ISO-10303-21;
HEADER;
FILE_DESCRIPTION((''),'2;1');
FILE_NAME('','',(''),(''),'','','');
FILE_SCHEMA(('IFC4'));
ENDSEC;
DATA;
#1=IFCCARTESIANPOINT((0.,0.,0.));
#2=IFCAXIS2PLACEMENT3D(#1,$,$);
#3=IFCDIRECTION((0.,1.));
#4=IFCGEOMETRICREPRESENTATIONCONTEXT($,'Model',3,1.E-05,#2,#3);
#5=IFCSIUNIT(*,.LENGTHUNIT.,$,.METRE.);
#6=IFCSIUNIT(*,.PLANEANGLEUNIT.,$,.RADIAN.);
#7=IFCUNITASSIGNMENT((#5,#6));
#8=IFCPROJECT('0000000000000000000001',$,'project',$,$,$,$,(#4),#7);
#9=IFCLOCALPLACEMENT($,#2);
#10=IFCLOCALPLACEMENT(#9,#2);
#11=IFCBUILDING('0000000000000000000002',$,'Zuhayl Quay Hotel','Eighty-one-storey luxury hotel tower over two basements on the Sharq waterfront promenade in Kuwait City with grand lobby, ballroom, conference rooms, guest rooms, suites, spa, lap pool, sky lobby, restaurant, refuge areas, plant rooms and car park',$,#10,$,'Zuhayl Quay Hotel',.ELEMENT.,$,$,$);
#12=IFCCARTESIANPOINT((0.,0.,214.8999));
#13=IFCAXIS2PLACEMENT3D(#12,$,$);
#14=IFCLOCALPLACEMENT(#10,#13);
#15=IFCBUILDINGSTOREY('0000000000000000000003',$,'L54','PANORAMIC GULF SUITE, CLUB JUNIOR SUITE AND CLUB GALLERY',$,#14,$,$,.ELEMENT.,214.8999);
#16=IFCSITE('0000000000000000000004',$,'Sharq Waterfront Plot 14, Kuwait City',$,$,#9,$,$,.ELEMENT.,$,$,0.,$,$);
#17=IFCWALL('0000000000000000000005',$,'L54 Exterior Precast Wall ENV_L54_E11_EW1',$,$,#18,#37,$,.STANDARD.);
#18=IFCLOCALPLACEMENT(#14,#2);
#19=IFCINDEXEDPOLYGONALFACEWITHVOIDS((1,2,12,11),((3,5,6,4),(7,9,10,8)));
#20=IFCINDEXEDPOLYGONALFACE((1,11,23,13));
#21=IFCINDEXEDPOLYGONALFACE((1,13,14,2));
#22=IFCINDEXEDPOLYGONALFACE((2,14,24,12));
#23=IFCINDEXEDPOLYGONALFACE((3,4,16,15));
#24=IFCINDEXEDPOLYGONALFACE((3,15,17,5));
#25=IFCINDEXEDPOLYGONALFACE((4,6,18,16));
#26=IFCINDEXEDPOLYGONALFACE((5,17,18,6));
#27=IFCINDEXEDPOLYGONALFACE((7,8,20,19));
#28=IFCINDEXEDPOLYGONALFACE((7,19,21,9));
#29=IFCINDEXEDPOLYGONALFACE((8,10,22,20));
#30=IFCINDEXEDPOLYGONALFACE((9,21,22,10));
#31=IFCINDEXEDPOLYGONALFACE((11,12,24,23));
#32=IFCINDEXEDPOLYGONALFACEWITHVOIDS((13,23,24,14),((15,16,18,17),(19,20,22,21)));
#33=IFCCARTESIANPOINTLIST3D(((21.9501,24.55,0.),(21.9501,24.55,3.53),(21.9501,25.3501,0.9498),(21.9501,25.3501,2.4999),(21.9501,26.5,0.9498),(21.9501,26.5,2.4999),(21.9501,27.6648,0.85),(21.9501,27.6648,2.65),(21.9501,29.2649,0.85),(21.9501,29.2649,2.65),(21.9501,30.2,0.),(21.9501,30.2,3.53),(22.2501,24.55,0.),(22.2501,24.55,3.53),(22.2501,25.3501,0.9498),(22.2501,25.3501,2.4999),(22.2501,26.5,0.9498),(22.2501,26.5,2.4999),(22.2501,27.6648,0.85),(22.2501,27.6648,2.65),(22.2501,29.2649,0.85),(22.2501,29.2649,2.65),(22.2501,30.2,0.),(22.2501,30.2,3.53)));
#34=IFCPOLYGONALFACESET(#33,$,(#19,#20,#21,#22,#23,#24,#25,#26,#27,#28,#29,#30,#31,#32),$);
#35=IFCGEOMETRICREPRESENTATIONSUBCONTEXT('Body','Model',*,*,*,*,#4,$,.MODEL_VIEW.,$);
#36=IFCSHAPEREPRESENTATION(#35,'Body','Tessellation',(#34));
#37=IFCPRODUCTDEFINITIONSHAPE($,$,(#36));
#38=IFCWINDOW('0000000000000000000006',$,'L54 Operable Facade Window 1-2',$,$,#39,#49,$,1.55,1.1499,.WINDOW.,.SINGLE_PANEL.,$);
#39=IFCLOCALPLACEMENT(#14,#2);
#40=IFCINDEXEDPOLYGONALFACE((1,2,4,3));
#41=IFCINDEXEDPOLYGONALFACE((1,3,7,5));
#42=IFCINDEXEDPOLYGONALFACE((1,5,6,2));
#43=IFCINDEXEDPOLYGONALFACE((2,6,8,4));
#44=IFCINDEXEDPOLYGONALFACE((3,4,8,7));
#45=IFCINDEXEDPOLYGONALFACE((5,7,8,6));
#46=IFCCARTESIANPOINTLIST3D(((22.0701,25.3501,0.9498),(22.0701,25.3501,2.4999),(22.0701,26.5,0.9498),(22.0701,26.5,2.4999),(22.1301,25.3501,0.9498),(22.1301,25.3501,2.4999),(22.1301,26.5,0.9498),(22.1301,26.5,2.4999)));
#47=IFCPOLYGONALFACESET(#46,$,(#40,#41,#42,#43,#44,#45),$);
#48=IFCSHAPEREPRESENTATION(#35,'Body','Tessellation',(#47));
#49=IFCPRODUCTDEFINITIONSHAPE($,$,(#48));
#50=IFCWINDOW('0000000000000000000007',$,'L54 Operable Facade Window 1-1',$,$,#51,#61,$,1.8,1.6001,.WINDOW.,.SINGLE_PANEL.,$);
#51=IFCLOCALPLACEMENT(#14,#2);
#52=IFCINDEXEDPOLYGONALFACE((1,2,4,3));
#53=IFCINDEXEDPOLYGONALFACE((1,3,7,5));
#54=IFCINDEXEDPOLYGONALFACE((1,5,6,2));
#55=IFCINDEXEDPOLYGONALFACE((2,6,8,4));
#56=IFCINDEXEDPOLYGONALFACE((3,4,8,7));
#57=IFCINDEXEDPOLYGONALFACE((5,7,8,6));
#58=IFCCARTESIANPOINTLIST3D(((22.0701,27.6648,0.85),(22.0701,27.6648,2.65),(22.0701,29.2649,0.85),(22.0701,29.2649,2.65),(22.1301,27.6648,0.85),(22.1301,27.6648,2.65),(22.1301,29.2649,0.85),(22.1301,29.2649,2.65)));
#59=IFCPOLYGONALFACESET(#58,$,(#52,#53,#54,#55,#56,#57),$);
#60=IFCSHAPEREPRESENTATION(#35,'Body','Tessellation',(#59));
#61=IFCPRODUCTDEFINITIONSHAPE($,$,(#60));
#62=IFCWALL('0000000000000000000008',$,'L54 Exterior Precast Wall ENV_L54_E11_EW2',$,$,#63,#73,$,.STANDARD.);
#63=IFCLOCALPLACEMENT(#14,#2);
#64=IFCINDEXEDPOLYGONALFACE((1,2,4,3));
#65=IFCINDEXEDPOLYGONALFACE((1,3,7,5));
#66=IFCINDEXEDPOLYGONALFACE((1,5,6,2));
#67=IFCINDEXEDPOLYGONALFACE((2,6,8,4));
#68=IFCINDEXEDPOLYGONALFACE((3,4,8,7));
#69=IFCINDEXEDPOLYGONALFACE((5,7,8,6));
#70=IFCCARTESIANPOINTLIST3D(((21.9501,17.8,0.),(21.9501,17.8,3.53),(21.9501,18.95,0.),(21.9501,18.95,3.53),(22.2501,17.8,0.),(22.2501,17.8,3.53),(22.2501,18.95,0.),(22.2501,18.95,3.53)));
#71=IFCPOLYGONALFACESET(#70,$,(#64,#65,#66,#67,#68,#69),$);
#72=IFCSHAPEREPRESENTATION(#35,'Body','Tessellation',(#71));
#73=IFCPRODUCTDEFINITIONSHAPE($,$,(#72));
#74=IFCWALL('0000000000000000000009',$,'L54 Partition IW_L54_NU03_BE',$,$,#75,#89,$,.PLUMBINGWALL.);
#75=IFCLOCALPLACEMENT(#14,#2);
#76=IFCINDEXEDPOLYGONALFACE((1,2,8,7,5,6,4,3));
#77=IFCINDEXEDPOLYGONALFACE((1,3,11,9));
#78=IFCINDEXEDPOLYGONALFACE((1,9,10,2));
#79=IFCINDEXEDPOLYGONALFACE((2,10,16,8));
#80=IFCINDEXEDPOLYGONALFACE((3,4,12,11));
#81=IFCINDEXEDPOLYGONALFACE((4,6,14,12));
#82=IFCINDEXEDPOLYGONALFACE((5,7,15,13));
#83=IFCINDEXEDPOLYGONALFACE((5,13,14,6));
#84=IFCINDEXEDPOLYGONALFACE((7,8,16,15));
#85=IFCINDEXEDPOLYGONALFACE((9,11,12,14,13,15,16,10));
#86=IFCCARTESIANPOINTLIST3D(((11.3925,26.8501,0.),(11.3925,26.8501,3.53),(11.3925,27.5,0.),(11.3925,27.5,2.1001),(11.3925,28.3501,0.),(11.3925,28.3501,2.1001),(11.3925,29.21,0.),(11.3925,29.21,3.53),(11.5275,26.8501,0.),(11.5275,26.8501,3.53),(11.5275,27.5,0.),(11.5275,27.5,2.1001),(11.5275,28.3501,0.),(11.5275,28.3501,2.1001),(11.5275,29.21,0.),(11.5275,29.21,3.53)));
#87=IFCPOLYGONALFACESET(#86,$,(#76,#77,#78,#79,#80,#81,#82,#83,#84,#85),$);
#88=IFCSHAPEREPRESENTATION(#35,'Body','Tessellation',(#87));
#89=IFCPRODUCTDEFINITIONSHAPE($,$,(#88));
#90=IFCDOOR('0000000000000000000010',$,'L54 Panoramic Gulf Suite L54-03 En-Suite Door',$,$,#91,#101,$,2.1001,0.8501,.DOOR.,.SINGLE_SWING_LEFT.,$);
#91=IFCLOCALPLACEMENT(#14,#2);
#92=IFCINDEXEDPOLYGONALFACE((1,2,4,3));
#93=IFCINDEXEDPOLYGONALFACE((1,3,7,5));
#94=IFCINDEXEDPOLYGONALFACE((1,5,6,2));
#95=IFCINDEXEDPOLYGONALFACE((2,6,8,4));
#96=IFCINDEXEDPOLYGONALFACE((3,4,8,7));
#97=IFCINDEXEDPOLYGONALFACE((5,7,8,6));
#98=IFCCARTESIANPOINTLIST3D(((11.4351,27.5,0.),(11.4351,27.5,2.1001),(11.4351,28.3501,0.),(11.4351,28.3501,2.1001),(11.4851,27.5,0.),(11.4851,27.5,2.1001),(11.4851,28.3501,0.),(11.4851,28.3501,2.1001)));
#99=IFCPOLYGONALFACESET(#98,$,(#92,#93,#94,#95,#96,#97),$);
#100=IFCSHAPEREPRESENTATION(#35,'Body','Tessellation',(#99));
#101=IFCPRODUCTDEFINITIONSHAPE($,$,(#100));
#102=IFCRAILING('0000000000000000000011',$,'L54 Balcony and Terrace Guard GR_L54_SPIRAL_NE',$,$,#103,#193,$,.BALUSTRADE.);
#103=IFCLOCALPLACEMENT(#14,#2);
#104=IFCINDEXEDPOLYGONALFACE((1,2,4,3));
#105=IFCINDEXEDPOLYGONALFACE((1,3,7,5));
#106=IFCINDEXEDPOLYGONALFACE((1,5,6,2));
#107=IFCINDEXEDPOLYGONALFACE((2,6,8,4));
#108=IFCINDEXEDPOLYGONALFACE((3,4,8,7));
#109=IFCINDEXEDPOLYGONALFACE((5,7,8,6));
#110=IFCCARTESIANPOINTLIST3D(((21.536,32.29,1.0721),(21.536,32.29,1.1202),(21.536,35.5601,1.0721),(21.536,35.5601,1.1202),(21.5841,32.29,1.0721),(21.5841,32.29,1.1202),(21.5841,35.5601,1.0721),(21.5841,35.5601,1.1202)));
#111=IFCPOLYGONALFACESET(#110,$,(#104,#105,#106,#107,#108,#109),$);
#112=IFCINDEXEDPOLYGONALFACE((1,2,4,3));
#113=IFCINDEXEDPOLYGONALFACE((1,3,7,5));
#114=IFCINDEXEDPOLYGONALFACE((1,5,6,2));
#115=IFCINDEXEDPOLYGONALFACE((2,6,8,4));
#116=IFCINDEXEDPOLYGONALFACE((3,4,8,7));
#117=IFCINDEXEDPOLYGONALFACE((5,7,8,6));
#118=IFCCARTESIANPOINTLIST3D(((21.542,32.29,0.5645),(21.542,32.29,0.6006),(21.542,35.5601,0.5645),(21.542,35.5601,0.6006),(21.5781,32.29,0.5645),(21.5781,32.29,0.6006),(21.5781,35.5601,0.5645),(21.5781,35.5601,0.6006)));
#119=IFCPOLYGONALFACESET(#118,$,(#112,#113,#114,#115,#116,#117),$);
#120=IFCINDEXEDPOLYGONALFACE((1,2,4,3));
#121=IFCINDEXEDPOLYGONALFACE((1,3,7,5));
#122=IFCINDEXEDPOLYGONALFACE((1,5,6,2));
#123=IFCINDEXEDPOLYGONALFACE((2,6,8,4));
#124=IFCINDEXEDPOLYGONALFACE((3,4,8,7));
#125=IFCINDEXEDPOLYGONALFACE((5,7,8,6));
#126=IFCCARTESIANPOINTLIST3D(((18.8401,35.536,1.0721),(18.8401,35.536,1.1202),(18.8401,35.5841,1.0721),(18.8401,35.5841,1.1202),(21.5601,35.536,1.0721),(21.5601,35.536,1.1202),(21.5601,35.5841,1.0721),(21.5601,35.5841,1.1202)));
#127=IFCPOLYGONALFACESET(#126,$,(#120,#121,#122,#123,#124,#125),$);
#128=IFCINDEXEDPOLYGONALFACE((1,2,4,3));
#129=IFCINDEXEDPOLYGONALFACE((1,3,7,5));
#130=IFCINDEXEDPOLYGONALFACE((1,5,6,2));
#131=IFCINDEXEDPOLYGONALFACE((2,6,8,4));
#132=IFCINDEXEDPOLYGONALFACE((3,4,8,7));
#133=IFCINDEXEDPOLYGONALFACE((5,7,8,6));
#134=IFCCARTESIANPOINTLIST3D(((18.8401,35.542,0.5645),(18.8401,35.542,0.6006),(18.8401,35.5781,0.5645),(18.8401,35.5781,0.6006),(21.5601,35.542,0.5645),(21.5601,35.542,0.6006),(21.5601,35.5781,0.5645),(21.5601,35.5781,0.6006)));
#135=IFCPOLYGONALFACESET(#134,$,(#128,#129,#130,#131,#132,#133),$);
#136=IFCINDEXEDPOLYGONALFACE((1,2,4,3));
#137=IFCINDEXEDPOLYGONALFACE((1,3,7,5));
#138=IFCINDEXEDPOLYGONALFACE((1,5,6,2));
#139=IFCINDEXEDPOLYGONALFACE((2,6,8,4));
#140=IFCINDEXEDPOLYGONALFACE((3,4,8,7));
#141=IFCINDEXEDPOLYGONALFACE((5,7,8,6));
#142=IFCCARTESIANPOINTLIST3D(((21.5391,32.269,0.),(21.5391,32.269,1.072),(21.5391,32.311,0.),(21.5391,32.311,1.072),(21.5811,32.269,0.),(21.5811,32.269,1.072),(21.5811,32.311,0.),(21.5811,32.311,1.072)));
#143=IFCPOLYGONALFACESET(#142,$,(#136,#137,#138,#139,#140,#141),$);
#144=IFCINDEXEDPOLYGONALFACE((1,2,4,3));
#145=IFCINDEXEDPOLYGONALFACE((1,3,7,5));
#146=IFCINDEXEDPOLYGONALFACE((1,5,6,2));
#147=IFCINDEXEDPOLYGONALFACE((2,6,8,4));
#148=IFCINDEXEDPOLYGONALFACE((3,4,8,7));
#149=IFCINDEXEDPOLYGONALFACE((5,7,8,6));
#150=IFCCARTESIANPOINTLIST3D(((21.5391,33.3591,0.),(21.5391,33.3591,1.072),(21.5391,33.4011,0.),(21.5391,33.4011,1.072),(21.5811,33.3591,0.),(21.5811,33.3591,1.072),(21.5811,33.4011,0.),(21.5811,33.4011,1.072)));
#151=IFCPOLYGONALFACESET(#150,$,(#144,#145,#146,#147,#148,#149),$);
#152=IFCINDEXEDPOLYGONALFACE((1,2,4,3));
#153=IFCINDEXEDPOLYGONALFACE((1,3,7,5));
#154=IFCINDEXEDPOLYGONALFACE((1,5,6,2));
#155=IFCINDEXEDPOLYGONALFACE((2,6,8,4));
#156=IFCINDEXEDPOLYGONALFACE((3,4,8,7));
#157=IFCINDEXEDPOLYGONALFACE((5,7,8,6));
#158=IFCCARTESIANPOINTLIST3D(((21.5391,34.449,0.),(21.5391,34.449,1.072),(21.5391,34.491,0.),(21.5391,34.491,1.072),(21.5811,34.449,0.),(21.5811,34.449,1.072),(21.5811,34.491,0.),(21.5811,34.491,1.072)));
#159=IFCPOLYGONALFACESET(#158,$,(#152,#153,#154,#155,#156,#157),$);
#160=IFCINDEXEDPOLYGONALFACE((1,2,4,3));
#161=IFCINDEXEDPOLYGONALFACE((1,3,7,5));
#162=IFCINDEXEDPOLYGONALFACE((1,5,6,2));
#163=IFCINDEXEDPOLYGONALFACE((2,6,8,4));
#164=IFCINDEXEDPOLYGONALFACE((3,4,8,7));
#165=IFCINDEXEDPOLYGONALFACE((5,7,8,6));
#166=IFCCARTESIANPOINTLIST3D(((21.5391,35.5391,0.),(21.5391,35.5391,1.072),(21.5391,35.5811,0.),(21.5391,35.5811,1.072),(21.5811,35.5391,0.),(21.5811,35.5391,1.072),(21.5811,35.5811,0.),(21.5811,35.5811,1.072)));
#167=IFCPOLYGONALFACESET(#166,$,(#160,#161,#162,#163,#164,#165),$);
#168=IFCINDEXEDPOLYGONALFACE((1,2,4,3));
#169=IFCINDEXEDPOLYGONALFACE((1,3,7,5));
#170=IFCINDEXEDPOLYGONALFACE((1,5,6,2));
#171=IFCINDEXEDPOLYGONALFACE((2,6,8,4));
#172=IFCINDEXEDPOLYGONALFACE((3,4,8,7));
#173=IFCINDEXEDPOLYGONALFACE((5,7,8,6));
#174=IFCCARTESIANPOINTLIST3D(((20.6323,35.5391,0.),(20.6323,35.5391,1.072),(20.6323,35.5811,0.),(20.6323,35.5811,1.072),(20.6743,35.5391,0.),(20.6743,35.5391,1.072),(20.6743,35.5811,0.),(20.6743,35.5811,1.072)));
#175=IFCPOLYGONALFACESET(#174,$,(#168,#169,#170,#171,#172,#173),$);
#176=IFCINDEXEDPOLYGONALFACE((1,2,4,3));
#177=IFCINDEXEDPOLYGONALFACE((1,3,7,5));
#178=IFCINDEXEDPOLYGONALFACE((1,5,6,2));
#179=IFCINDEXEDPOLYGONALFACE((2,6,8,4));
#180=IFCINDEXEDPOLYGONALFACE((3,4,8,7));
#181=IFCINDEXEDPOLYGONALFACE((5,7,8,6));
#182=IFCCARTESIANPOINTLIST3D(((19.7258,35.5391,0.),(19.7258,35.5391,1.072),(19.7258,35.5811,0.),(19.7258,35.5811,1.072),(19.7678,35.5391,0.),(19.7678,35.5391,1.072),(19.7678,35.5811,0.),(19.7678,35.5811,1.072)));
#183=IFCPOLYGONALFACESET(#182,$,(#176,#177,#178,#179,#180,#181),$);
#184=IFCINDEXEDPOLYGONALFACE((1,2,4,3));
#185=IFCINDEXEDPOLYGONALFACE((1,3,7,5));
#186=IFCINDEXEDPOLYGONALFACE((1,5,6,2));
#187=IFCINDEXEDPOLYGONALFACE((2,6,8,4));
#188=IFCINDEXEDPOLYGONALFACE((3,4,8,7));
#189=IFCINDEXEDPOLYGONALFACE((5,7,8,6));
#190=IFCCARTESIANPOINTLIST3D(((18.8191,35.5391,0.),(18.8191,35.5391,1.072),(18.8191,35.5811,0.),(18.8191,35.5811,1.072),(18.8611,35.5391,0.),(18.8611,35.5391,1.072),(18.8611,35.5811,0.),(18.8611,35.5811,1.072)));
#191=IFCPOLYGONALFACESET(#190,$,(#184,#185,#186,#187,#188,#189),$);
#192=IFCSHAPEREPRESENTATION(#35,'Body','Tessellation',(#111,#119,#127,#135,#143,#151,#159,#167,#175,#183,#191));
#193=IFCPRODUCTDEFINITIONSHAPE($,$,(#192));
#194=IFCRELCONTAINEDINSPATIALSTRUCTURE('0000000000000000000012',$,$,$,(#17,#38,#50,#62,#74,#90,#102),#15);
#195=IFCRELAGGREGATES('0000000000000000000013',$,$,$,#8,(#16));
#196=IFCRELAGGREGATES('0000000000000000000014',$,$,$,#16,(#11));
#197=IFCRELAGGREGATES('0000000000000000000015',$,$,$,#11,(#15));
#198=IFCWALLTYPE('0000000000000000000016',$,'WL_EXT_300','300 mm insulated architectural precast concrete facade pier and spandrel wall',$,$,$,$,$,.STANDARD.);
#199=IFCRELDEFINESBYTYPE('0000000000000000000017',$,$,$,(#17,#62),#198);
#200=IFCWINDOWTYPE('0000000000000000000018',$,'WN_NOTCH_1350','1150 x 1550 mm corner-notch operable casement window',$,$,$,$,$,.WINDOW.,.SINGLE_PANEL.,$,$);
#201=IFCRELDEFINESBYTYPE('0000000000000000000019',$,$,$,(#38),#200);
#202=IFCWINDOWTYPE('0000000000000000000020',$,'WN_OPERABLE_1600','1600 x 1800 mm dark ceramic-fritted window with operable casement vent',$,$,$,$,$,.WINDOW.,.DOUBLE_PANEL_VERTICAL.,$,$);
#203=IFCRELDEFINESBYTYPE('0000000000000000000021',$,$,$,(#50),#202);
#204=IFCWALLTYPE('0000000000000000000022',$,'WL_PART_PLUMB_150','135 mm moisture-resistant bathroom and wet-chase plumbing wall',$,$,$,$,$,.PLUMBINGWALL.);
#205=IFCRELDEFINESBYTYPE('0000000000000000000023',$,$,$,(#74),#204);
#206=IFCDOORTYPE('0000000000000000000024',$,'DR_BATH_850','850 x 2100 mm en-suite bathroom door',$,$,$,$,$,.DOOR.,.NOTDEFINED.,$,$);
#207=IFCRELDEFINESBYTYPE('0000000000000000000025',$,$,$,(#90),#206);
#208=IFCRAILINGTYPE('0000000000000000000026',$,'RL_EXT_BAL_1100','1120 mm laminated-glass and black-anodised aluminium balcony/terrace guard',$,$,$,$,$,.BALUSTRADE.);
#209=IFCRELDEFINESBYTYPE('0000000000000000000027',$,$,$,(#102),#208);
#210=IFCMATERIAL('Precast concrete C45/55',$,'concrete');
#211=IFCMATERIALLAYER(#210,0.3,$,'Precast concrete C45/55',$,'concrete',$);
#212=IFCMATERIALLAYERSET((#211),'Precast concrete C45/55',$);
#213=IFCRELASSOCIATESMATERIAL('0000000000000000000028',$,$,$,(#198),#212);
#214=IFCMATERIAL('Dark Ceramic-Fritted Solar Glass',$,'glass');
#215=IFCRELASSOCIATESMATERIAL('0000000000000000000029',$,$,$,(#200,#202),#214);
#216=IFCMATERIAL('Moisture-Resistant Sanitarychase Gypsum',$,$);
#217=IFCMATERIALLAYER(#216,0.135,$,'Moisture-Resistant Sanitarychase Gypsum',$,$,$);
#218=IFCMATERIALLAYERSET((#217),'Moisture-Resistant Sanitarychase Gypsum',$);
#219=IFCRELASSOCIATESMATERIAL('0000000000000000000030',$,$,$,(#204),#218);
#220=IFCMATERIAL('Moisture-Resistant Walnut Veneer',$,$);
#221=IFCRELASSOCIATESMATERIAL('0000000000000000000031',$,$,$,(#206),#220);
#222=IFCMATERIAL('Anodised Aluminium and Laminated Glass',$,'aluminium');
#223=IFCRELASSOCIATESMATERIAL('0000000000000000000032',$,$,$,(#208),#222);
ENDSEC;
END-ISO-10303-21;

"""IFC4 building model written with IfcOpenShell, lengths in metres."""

from ifc_helpers import new_model, si_unit, direction, frame, frame_2d, origin, origin_2d, place, context, subcontext, project, spatial, rectangle, extrude, material, layer, layer_set, type_object, element, fill, save


model = new_model("IFC4")

# Units and contexts
model_context = context("Model", 3, precision=1e-05, world=origin(), true_north=direction((0.0, 1.0)))
body_context = subcontext(model_context, "Body", "Model", "MODEL_VIEW")
ifc_project = project(units=[si_unit("LENGTHUNIT", "METRE"), si_unit("PLANEANGLEUNIT", "RADIAN")], contexts=[model_context])

# Site, building, storey
site_placement = place(None, origin())
site = spatial("IfcSite", under=ifc_project, at=site_placement, Name="Sharq Waterfront Plot 14, Kuwait City", CompositionType="ELEMENT", RefElevation=0.0)
building_placement = place(site_placement, origin())
building = spatial("IfcBuilding", under=site, at=building_placement, Name="Zuhayl Quay Hotel", Description="Eighty-one-storey luxury hotel tower over two basements on the Sharq waterfront promenade in Kuwait City with grand lobby, ballroom, conference rooms, guest rooms, suites, spa, lap pool, sky lobby, restaurant, refuge areas, plant rooms and car park", LongName="Zuhayl Quay Hotel", CompositionType="ELEMENT")
storey_placement = place(building_placement, frame((0.0, 0.0, 214.8999)))
storey = spatial("IfcBuildingStorey", under=building, at=storey_placement, Name="L54", Description="PANORAMIC GULF SUITE, CLUB JUNIOR SUITE AND CLUB GALLERY", CompositionType="ELEMENT", Elevation=214.8999)

# Shared definitions
ifc_material_1 = material(Name="Dark Ceramic-Fritted Solar Glass", Category="glass")

# Shared definitions
ifc_material_2 = material(Name="Precast concrete C45/55", Category="concrete")
ifc_layer_1 = layer(ifc_material_2, 0.3, Name="Precast concrete C45/55", Category="concrete")
ifc_layer_set_1 = layer_set([ifc_layer_1], Name="Precast concrete C45/55")
wall_type_1 = type_object("IfcWallType", Name="WL_EXT_300", Description="300 mm insulated architectural precast concrete facade pier and spandrel wall", PredefinedType="STANDARD", material=ifc_layer_set_1)

# Shared definitions
window_type_1 = type_object("IfcWindowType", Name="WN_NOTCH_1350", Description="1150 x 1550 mm corner-notch operable casement window", PartitioningType="SINGLE_PANEL", PredefinedType="WINDOW", material=ifc_material_1)

# Wall, openings, windows
wall_1_placement = place(storey_placement, frame((22.1001, 30.2, 0.0), z_axis=(0.0, 0.0, 1.0), x_axis=(0.0, -1.0, 0.0)))
wall_1 = element("IfcWall", 1, at=wall_1_placement, inside=storey, type_object=wall_type_1, Name="L54 Exterior Precast Wall ENV_L54_E11_EW1", PredefinedType="STANDARD", context=body_context, shape_type="SweptSolid", body=[
    extrude(rectangle(XDim=5.6499, YDim=0.3, at=frame_2d((2.825, 0.0))), origin(), (0.0, 0.0, 1.0), 3.53),
])
opening_1_placement = place(wall_1_placement, frame((0.9351, 0.0, 0.8501)))
opening_1 = element("IfcOpeningElement", 2, at=opening_1_placement, cuts=wall_1, PredefinedType="OPENING", context=body_context, shape_type="SweptSolid", body=[
    extrude(rectangle(XDim=1.6001, YDim=1.8, at=frame_2d((0.8, 0.8999))), frame((0.0, 0.1599, 0.0), z_axis=(0.0, -1.0, 0.0), x_axis=(1.0, 0.0, 0.0)), (0.0, 0.0, 1.0), 0.3201),
])
opening_2_placement = place(wall_1_placement, frame((3.7, 0.0, 0.95)))
opening_2 = element("IfcOpeningElement", 3, at=opening_2_placement, cuts=wall_1, PredefinedType="OPENING", context=body_context, shape_type="SweptSolid", body=[
    extrude(rectangle(XDim=1.1499, YDim=1.55, at=frame_2d((0.575, 0.7749))), frame((0.0, 0.1599, 0.0), z_axis=(0.0, -1.0, 0.0), x_axis=(1.0, 0.0, 0.0)), (0.0, 0.0, 1.0), 0.3201),
])
window_1_placement = place(opening_2_placement, origin())
window_1 = element("IfcWindow", 4, at=window_1_placement, inside=storey, type_object=window_type_1, Name="L54 Operable Facade Window 1-2", OverallHeight=1.55, OverallWidth=1.1499, PartitioningType="SINGLE_PANEL", PredefinedType="WINDOW", context=body_context, shape_type="SweptSolid", body=[
    extrude(rectangle(XDim=1.1499, YDim=1.55, at=frame_2d((0.575, 0.7749))), frame((0.0, 0.03, 0.0), z_axis=(0.0, -1.0, 0.0), x_axis=(1.0, 0.0, 0.0)), (0.0, 0.0, 1.0), 0.0601),
])
fill(opening_2, window_1)
window_type_2 = type_object("IfcWindowType", Name="WN_OPERABLE_1600", Description="1600 x 1800 mm dark ceramic-fritted window with operable casement vent", PartitioningType="DOUBLE_PANEL_VERTICAL", PredefinedType="WINDOW", material=ifc_material_1)
window_2_placement = place(opening_1_placement, origin())
window_2 = element("IfcWindow", 5, at=window_2_placement, inside=storey, type_object=window_type_2, Name="L54 Operable Facade Window 1-1", OverallHeight=1.8, OverallWidth=1.6001, PartitioningType="SINGLE_PANEL", PredefinedType="WINDOW", context=body_context, shape_type="SweptSolid", body=[
    extrude(rectangle(XDim=1.6001, YDim=1.8, at=frame_2d((0.8, 0.8999))), frame((0.0, 0.03, 0.0), z_axis=(0.0, -1.0, 0.0), x_axis=(1.0, 0.0, 0.0)), (0.0, 0.0, 1.0), 0.0601),
])
fill(opening_1, window_2)

# Wall
wall_2_placement = place(storey_placement, frame((22.1001, 18.95, 0.0), z_axis=(0.0, 0.0, 1.0), x_axis=(0.0, -1.0, 0.0)))
element("IfcWall", 6, at=wall_2_placement, inside=storey, type_object=wall_type_1, Name="L54 Exterior Precast Wall ENV_L54_E11_EW2", PredefinedType="STANDARD", context=body_context, shape_type="SweptSolid", body=[
    extrude(rectangle(XDim=1.1499, YDim=0.3, at=frame_2d((0.575, 0.0))), origin(), (0.0, 0.0, 1.0), 3.53),
])

# Wall, opening, door
ifc_material_3 = material(Name="Moisture-Resistant Sanitarychase Gypsum")
ifc_layer_2 = layer(ifc_material_3, 0.135, Name="Moisture-Resistant Sanitarychase Gypsum")
ifc_layer_set_2 = layer_set([ifc_layer_2], Name="Moisture-Resistant Sanitarychase Gypsum")
wall_type_2 = type_object("IfcWallType", Name="WL_PART_PLUMB_150", Description="135 mm moisture-resistant bathroom and wet-chase plumbing wall", PredefinedType="PLUMBINGWALL", material=ifc_layer_set_2)
wall_3_placement = place(storey_placement, frame((11.46, 26.8501, 0.0), z_axis=(0.0, 0.0, 1.0), x_axis=(0.0, 1.0, 0.0)))
wall_3 = element("IfcWall", 7, at=wall_3_placement, inside=storey, type_object=wall_type_2, Name="L54 Partition IW_L54_NU03_BE", PredefinedType="PLUMBINGWALL", context=body_context, shape_type="SweptSolid", body=[
    extrude(rectangle(XDim=2.3599, YDim=0.135, at=frame_2d((1.1799, 0.0))), origin(), (0.0, 0.0, 1.0), 3.53),
])
opening_3_placement = place(wall_3_placement, frame((0.6499, 0.0, 0.0)))
opening_3 = element("IfcOpeningElement", 8, at=opening_3_placement, cuts=wall_3, PredefinedType="OPENING", context=body_context, shape_type="SweptSolid", body=[
    extrude(rectangle(XDim=0.8501, YDim=2.1001, at=frame_2d((0.425, 1.05))), frame((0.0, 0.0774, 0.0), z_axis=(0.0, -1.0, 0.0), x_axis=(1.0, 0.0, 0.0)), (0.0, 0.0, 1.0), 0.155),
])
ifc_material_4 = material(Name="Moisture-Resistant Walnut Veneer")
door_type_1 = type_object("IfcDoorType", Name="DR_BATH_850", Description="850 x 2100 mm en-suite bathroom door", OperationType="NOTDEFINED", PredefinedType="DOOR", material=ifc_material_4)
door_1_placement = place(opening_3_placement, origin())
door_1 = element("IfcDoor", 9, at=door_1_placement, inside=storey, type_object=door_type_1, Name="L54 Panoramic Gulf Suite L54-03 En-Suite Door", OperationType="SINGLE_SWING_LEFT", OverallHeight=2.1001, OverallWidth=0.8501, PredefinedType="DOOR", context=body_context, shape_type="SweptSolid", body=[
    extrude(rectangle(XDim=0.8501, YDim=2.1001, at=frame_2d((0.425, 1.05))), frame((0.0, 0.0249, 0.0), z_axis=(0.0, -1.0, 0.0), x_axis=(1.0, 0.0, 0.0)), (0.0, 0.0, 1.0), 0.05),
])
fill(opening_3, door_1)

# Railing
ifc_material_5 = material(Name="Anodised Aluminium and Laminated Glass", Category="aluminium")
railing_type = type_object("IfcRailingType", Name="RL_EXT_BAL_1100", Description="1120 mm laminated-glass and black-anodised aluminium balcony/terrace guard", PredefinedType="BALUSTRADE", material=ifc_material_5)
railing_placement = place(storey_placement, frame((21.5601, 32.29, 0.0)))
element("IfcRailing", 10, at=railing_placement, inside=storey, type_object=railing_type, Name="L54 Balcony and Terrace Guard GR_L54_SPIRAL_NE", PredefinedType="BALUSTRADE", context=body_context, shape_type="SweptSolid", body=[
    extrude(rectangle(XDim=0.0481, YDim=0.0481, at=origin_2d()), frame((0.0, 0.0, 1.0962), z_axis=(0.0, 1.0, 0.0), x_axis=(-1.0, 0.0, 0.0)), (0.0, 0.0, 1.0), 3.27),
    extrude(rectangle(XDim=0.0361, YDim=0.0361, at=origin_2d()), frame((0.0, 0.0, 0.5825), z_axis=(0.0, 1.0, 0.0), x_axis=(-1.0, 0.0, 0.0)), (0.0, 0.0, 1.0), 3.27),
    extrude(rectangle(XDim=0.0481, YDim=0.0481, at=origin_2d()), frame((0.0, 3.27, 1.0962), z_axis=(-1.0, 0.0, 0.0), x_axis=(0.0, -1.0, 0.0)), (0.0, 0.0, 1.0), 2.72),
    extrude(rectangle(XDim=0.0361, YDim=0.0361, at=origin_2d()), frame((0.0, 3.27, 0.5825), z_axis=(-1.0, 0.0, 0.0), x_axis=(0.0, -1.0, 0.0)), (0.0, 0.0, 1.0), 2.72),
    extrude(rectangle(XDim=0.042, YDim=0.042, at=origin_2d()), origin(), (0.0, 0.0, 1.0), 1.072),
    extrude(rectangle(XDim=0.042, YDim=0.042, at=origin_2d()), frame((0.0, 1.0901, 0.0)), (0.0, 0.0, 1.0), 1.072),
    extrude(rectangle(XDim=0.042, YDim=0.042, at=origin_2d()), frame((0.0, 2.1799, 0.0)), (0.0, 0.0, 1.0), 1.072),
    extrude(rectangle(XDim=0.042, YDim=0.042, at=origin_2d()), frame((0.0, 3.27, 0.0)), (0.0, 0.0, 1.0), 1.072),
    extrude(rectangle(XDim=0.042, YDim=0.042, at=origin_2d()), frame((-0.9067, 3.27, 0.0)), (0.0, 0.0, 1.0), 1.072),
    extrude(rectangle(XDim=0.042, YDim=0.042, at=origin_2d()), frame((-1.8132, 3.27, 0.0)), (0.0, 0.0, 1.0), 1.072),
    extrude(rectangle(XDim=0.042, YDim=0.042, at=origin_2d()), frame((-2.72, 3.27, 0.0)), (0.0, 0.0, 1.0), 1.072),
])

save(model, "model.ifc")
